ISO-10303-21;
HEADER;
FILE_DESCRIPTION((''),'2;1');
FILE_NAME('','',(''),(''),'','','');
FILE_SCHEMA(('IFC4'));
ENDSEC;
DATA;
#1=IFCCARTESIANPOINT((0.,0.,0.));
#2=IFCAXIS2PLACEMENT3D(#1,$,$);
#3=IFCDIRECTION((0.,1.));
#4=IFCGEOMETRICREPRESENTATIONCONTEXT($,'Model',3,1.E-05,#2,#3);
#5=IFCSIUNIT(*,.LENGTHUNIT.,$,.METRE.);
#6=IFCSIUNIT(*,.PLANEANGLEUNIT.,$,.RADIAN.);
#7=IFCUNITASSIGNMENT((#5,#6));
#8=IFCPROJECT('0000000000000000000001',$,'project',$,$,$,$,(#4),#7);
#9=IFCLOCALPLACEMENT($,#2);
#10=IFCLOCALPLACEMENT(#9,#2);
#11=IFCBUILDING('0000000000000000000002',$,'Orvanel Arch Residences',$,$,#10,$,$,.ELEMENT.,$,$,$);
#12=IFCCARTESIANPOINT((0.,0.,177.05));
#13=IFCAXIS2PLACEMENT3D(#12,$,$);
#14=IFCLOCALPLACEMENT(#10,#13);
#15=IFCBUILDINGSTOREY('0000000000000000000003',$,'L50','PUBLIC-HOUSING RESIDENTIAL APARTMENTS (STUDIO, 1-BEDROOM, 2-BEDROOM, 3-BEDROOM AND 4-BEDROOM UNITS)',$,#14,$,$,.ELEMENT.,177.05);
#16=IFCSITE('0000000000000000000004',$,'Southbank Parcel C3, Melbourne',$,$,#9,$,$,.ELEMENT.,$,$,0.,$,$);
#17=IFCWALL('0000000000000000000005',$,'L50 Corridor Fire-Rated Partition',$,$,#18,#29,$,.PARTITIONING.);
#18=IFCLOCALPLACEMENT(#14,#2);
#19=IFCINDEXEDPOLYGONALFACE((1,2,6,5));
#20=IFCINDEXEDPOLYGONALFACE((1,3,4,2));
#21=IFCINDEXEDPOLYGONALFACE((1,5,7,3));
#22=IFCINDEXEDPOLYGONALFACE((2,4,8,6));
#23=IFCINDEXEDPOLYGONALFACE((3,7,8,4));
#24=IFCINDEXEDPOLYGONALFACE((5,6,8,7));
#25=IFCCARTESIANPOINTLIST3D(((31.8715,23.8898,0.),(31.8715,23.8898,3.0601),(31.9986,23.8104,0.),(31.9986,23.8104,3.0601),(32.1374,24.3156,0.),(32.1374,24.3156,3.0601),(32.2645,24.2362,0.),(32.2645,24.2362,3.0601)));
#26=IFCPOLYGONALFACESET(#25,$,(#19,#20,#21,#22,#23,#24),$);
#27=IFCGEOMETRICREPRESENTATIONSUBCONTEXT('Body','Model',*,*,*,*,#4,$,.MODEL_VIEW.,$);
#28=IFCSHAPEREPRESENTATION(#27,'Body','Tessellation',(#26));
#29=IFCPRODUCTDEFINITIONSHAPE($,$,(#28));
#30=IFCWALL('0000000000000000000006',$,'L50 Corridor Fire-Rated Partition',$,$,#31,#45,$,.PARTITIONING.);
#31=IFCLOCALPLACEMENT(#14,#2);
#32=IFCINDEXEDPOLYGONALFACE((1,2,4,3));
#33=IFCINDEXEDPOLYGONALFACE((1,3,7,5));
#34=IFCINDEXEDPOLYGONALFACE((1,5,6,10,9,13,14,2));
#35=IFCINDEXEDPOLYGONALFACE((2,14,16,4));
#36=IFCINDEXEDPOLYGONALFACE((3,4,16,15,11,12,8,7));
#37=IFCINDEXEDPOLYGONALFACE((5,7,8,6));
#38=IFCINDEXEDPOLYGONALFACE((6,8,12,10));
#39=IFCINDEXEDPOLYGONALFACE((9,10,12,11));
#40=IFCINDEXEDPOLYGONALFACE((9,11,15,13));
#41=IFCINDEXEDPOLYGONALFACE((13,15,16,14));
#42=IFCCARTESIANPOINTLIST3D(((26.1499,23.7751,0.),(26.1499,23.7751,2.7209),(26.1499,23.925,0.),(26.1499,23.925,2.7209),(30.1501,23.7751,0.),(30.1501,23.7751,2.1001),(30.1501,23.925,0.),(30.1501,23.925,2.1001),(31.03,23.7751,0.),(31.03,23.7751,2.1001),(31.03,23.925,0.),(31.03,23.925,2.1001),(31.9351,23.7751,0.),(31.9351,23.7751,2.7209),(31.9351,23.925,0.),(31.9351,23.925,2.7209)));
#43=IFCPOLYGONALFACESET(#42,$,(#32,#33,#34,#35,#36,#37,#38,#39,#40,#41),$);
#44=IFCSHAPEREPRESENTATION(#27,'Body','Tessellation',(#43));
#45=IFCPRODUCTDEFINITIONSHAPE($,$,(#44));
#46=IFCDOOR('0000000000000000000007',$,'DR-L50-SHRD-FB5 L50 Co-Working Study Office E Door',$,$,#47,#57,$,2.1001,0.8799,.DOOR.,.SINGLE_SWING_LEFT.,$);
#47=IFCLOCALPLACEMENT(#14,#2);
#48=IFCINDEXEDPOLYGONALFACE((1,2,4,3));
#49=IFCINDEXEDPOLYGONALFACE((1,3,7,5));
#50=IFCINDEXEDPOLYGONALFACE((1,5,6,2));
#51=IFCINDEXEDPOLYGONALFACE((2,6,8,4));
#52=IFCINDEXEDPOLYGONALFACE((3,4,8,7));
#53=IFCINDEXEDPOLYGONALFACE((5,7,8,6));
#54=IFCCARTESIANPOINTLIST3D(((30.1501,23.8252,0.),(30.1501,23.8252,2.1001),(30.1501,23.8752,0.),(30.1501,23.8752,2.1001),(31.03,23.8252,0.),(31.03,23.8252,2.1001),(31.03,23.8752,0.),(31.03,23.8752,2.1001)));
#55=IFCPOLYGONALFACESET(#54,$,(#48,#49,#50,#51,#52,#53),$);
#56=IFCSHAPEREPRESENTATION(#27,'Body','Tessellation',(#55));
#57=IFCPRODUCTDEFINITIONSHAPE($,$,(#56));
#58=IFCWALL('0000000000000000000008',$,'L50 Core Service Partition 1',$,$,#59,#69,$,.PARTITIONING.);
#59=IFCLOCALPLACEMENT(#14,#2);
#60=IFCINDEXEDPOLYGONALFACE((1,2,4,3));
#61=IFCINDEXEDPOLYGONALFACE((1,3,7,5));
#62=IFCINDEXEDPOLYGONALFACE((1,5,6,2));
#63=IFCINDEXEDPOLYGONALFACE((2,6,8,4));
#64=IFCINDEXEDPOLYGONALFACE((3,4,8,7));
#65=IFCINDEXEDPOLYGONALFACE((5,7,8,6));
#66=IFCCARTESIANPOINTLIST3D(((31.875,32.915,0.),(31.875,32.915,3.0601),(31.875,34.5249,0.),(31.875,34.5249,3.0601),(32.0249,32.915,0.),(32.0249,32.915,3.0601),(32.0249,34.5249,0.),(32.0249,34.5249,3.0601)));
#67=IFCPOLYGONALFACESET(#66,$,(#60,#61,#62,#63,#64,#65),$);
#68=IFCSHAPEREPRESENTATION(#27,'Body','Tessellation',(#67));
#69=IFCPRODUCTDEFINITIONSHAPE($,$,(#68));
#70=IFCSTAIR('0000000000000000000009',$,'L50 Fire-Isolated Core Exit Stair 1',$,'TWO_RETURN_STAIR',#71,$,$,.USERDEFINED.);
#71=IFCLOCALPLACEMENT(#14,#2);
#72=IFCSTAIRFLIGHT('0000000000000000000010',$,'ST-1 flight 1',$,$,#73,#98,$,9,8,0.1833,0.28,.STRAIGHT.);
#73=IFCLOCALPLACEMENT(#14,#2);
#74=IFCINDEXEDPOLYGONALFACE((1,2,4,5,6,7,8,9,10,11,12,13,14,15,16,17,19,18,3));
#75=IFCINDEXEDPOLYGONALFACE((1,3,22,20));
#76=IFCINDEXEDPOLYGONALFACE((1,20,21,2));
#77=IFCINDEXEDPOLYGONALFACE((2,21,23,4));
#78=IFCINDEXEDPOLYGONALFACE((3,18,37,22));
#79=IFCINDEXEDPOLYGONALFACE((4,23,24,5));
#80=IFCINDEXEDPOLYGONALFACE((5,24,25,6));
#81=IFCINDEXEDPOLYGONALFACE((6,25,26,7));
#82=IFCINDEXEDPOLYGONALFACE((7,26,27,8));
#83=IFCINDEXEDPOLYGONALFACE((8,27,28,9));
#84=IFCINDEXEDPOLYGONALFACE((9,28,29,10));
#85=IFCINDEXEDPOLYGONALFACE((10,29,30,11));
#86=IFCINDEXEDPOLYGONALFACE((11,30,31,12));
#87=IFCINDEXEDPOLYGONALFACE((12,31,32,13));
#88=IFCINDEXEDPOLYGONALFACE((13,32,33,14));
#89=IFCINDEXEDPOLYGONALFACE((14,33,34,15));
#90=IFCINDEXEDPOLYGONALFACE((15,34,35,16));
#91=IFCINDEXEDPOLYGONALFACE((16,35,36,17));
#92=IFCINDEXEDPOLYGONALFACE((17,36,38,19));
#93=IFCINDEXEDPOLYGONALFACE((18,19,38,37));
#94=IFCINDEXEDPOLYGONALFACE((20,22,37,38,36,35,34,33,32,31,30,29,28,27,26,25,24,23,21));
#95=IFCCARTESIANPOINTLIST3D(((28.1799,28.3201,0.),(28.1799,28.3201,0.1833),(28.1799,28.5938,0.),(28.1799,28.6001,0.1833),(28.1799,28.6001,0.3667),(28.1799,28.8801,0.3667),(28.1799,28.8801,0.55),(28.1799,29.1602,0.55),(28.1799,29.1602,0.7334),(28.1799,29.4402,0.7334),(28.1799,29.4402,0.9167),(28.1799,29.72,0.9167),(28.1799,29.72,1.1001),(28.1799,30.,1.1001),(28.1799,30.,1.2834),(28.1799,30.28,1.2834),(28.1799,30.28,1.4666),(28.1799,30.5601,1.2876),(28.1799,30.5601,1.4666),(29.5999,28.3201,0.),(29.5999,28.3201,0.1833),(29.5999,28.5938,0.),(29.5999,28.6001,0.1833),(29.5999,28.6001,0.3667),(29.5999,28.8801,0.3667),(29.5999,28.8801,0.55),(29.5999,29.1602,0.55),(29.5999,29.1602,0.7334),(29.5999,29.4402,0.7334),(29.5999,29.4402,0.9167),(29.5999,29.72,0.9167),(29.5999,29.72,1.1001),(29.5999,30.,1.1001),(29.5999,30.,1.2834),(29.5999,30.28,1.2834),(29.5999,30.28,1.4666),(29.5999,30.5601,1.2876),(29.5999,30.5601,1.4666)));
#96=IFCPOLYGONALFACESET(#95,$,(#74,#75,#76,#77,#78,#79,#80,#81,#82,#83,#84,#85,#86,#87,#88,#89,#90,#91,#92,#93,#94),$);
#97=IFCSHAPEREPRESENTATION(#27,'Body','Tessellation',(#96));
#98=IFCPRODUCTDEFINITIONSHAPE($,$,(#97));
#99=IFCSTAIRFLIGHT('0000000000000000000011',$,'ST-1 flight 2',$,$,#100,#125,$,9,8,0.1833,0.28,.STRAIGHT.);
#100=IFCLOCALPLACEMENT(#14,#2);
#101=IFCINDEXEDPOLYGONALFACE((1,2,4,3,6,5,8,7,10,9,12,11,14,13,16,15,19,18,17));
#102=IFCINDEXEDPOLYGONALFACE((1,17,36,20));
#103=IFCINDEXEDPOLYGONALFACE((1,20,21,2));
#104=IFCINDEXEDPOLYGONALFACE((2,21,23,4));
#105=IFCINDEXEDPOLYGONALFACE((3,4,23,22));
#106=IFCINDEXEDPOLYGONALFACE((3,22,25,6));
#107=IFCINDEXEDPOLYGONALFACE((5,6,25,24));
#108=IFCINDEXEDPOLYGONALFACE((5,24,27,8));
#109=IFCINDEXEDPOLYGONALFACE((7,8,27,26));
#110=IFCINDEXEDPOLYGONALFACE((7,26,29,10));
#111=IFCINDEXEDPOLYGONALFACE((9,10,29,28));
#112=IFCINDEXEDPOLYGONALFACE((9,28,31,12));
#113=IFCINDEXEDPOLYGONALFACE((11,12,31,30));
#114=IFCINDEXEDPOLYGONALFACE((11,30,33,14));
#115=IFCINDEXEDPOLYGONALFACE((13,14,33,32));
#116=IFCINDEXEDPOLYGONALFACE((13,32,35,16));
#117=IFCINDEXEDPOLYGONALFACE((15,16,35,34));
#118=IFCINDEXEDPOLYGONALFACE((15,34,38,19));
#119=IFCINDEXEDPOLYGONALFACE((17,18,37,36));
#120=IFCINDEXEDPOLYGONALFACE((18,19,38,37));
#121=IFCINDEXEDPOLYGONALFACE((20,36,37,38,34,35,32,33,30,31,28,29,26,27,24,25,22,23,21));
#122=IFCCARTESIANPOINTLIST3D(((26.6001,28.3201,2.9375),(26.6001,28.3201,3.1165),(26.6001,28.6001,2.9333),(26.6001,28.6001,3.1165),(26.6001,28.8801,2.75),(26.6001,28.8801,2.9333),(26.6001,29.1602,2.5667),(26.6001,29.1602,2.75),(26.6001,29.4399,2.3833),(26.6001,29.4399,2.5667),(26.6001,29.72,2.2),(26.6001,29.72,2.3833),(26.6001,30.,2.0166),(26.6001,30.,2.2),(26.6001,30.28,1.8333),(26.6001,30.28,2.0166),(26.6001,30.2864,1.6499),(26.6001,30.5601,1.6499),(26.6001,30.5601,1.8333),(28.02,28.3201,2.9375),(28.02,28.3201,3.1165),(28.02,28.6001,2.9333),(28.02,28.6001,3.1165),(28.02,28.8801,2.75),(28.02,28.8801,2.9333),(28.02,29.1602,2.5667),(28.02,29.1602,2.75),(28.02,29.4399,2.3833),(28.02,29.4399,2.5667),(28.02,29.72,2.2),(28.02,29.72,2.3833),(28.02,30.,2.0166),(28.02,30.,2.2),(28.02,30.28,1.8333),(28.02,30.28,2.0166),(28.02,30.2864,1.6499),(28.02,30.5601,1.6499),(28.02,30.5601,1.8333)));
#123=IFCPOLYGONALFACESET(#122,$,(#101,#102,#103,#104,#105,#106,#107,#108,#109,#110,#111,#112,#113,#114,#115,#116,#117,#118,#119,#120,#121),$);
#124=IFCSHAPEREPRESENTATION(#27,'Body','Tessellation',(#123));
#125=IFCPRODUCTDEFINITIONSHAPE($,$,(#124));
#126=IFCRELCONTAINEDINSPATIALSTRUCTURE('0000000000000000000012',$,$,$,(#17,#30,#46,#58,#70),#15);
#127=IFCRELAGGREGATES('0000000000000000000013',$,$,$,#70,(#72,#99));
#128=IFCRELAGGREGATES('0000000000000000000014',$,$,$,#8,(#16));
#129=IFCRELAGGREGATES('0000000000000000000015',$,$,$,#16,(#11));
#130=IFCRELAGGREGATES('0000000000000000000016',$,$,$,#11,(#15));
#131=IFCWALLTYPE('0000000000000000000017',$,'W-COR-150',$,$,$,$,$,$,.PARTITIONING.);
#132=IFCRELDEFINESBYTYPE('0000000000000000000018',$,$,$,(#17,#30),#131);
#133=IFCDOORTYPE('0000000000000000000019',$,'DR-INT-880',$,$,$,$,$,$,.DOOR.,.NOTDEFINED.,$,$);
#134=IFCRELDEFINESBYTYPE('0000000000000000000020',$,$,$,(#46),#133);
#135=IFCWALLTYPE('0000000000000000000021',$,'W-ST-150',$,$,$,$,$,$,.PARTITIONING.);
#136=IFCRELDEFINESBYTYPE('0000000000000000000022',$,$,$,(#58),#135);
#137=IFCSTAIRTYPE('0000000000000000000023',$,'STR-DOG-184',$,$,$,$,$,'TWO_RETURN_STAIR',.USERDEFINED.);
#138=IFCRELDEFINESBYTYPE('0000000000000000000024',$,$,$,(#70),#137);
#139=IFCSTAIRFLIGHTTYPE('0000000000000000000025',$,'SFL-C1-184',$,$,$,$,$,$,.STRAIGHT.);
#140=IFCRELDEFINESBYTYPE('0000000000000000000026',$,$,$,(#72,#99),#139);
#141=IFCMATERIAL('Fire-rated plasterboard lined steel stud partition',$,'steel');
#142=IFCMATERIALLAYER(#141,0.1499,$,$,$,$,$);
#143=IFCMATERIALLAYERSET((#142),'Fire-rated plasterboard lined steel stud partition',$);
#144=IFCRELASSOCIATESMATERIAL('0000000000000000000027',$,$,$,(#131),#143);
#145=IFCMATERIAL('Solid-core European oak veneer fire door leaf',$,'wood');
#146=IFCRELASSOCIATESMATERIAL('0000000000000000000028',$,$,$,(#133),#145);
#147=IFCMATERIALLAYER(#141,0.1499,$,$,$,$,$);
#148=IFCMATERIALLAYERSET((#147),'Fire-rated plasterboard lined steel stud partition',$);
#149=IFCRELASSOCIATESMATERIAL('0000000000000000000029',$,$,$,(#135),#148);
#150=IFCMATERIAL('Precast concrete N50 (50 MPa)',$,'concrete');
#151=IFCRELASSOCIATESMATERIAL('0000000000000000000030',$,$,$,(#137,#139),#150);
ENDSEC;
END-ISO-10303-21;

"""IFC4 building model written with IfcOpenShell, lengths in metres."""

from ifc_helpers import new_model, si_unit, direction, frame, frame_2d, origin, place, context, subcontext, project, spatial, polyline, rectangle, outline, extrude, material, layer, layer_set, type_object, element, fill, aggregate, save


model = new_model("IFC4")

# Units and contexts
model_context = context("Model", 3, precision=1e-05, world=origin(), true_north=direction((0.0, 1.0)))
body_context = subcontext(model_context, "Body", "Model", "MODEL_VIEW")
ifc_project = project(units=[si_unit("LENGTHUNIT", "METRE"), si_unit("PLANEANGLEUNIT", "RADIAN")], contexts=[model_context])

# Site, building, storey
site_placement = place(None, origin())
site = spatial("IfcSite", under=ifc_project, at=site_placement, Name="Southbank Parcel C3, Melbourne", CompositionType="ELEMENT", RefElevation=0.0)
building_placement = place(site_placement, origin())
building = spatial("IfcBuilding", under=site, at=building_placement, Name="Orvanel Arch Residences", CompositionType="ELEMENT")
storey_placement = place(building_placement, frame((0.0, 0.0, 177.05)))
storey = spatial("IfcBuildingStorey", under=building, at=storey_placement, Name="L50", Description="PUBLIC-HOUSING RESIDENTIAL APARTMENTS (STUDIO, 1-BEDROOM, 2-BEDROOM, 3-BEDROOM AND 4-BEDROOM UNITS)", CompositionType="ELEMENT", Elevation=177.05)

# Wall
ifc_material_1 = material(Name="Fire-rated plasterboard lined steel stud partition", Category="steel")
ifc_layer_1 = layer(ifc_material_1, 0.1499)
ifc_layer_set_1 = layer_set([ifc_layer_1], Name="Fire-rated plasterboard lined steel stud partition")
wall_type_1 = type_object("IfcWallType", Name="W-COR-150", PredefinedType="PARTITIONING", material=ifc_layer_set_1)
wall_1_placement = place(storey_placement, frame((32.2009, 24.2759, 0.0), z_axis=(0.0, 0.0, 1.0), x_axis=(-0.529649, -0.848217, 0.0)))
element("IfcWall", 1, at=wall_1_placement, inside=storey, type_object=wall_type_1, Name="L50 Corridor Fire-Rated Partition", PredefinedType="PARTITIONING", context=body_context, shape_type="SweptSolid", body=[
    extrude(rectangle(XDim=0.502, YDim=0.1499, at=frame_2d((0.251, 0.0))), origin(), (0.0, 0.0, 1.0), 3.0601),
])

# Wall, opening, door
wall_2_placement = place(storey_placement, frame((31.9351, 23.8501, 0.0), z_axis=(0.0, 0.0, 1.0), x_axis=(-1.0, 0.0, 0.0)))
wall_2 = element("IfcWall", 2, at=wall_2_placement, inside=storey, type_object=wall_type_1, Name="L50 Corridor Fire-Rated Partition", PredefinedType="PARTITIONING", context=body_context, shape_type="SweptSolid", body=[
    extrude(rectangle(XDim=5.7852, YDim=0.1499, at=frame_2d((2.8926, 0.0))), origin(), (0.0, 0.0, 1.0), 2.7209),
])
opening_1_placement = place(wall_2_placement, frame((0.905, 0.0, 0.0)))
opening_1 = element("IfcOpeningElement", 3, at=opening_1_placement, cuts=wall_2, PredefinedType="OPENING", context=body_context, shape_type="SweptSolid", body=[
    extrude(rectangle(XDim=0.8799, YDim=2.1001, at=frame_2d((0.4399, 1.05))), frame((0.0, 0.085, 0.0), z_axis=(0.0, -1.0, 0.0), x_axis=(1.0, 0.0, 0.0)), (0.0, 0.0, 1.0), 0.1699),
])
ifc_material_2 = material(Name="Solid-core European oak veneer fire door leaf", Category="wood")
door_type_1 = type_object("IfcDoorType", Name="DR-INT-880", OperationType="NOTDEFINED", PredefinedType="DOOR", material=ifc_material_2)
door_1_placement = place(opening_1_placement, origin())
door_1 = element("IfcDoor", 4, at=door_1_placement, inside=storey, type_object=door_type_1, Name="DR-L50-SHRD-FB5 L50 Co-Working Study Office E Door", OperationType="SINGLE_SWING_LEFT", OverallHeight=2.1001, OverallWidth=0.8799, PredefinedType="DOOR", context=body_context, shape_type="SweptSolid", body=[
    extrude(rectangle(XDim=0.8799, YDim=2.1001, at=frame_2d((0.4399, 1.05))), frame((0.0, 0.0249, 0.0), z_axis=(0.0, -1.0, 0.0), x_axis=(1.0, 0.0, 0.0)), (0.0, 0.0, 1.0), 0.05),
])
fill(opening_1, door_1)

# Wall
ifc_layer_2 = layer(ifc_material_1, 0.1499)
ifc_layer_set_2 = layer_set([ifc_layer_2], Name="Fire-rated plasterboard lined steel stud partition")
wall_type_2 = type_object("IfcWallType", Name="W-ST-150", PredefinedType="PARTITIONING", material=ifc_layer_set_2)
wall_3_placement = place(storey_placement, frame((31.95, 32.915, 0.0), z_axis=(0.0, 0.0, 1.0), x_axis=(0.0, 1.0, 0.0)))
element("IfcWall", 5, at=wall_3_placement, inside=storey, type_object=wall_type_2, Name="L50 Core Service Partition 1", PredefinedType="PARTITIONING", context=body_context, shape_type="SweptSolid", body=[
    extrude(rectangle(XDim=1.6099, YDim=0.1499, at=frame_2d((0.8049, 0.0))), origin(), (0.0, 0.0, 1.0), 3.0601),
])

# Stair, stair flights
ifc_material_3 = material(Name="Precast concrete N50 (50 MPa)", Category="concrete")
stair_type = type_object("IfcStairType", Name="STR-DOG-184", ElementType="TWO_RETURN_STAIR", PredefinedType="USERDEFINED", material=ifc_material_3)
stair_placement = place(storey_placement, origin())
stair = element("IfcStair", 6, at=stair_placement, inside=storey, type_object=stair_type, Name="L50 Fire-Isolated Core Exit Stair 1", ObjectType="TWO_RETURN_STAIR", PredefinedType="USERDEFINED")
stair_flight_type = type_object("IfcStairFlightType", Name="SFL-C1-184", PredefinedType="STRAIGHT", material=ifc_material_3)
stair_flight_1_placement = place(storey_placement, frame((28.8899, 28.3201, 0.0), z_axis=(0.0, 0.0, 1.0), x_axis=(0.0, 1.0, 0.0)))
stair_flight_1 = element("IfcStairFlight", 7, at=stair_flight_1_placement, type_object=stair_flight_type, Name="ST-1 flight 1", NumberOfRisers=9, NumberOfTreads=8, PredefinedType="STRAIGHT", RiserHeight=0.1833, TreadLength=0.28, context=body_context, shape_type="SweptSolid", body=[
    extrude(outline(polyline([(0.0, 0.0), (0.0, 0.1833), (0.28, 0.1833), (0.28, 0.3667), (0.5601, 0.3667), (0.5601, 0.55), (0.8401, 0.55), (0.8401, 0.7334), (1.1201, 0.7334), (1.1201, 0.9167), (1.3999, 0.9167), (1.3999, 1.1001), (1.6799, 1.1001), (1.6799, 1.2834), (1.96, 1.2834), (1.96, 1.4666), (2.24, 1.4666), (2.24, 1.6499), (2.24, 1.2876), (0.2737, 0.0), (0.0, 0.0)])), frame((0.0, 0.71, 0.0), z_axis=(0.0, -1.0, 0.0), x_axis=(1.0, 0.0, 0.0)), (0.0, 0.0, 1.0), 1.4199),
])
stair_flight_2_placement = place(storey_placement, frame((27.3101, 30.5601, 1.6499), z_axis=(0.0, 0.0, 1.0), x_axis=(0.0, -1.0, 0.0)))
stair_flight_2 = element("IfcStairFlight", 8, at=stair_flight_2_placement, type_object=stair_flight_type, Name="ST-1 flight 2", NumberOfRisers=9, NumberOfTreads=8, PredefinedType="STRAIGHT", RiserHeight=0.1833, TreadLength=0.28, context=body_context, shape_type="SweptSolid", body=[
    extrude(outline(polyline([(0.0, 0.0), (0.0, 0.1833), (0.28, 0.1833), (0.28, 0.3667), (0.5601, 0.3667), (0.5601, 0.55), (0.8401, 0.55), (0.8401, 0.7334), (1.1201, 0.7334), (1.1201, 0.9167), (1.3999, 0.9167), (1.3999, 1.1001), (1.6799, 1.1001), (1.6799, 1.2834), (1.96, 1.2834), (1.96, 1.4666), (2.24, 1.4666), (2.24, 1.6499), (2.24, 1.2876), (0.2737, 0.0), (0.0, 0.0)])), frame((0.0, 0.71, 0.0), z_axis=(0.0, -1.0, 0.0), x_axis=(1.0, 0.0, 0.0)), (0.0, 0.0, 1.0), 1.4199),
])
aggregate(stair, [stair_flight_1, stair_flight_2])

save(model, "model.ifc")
